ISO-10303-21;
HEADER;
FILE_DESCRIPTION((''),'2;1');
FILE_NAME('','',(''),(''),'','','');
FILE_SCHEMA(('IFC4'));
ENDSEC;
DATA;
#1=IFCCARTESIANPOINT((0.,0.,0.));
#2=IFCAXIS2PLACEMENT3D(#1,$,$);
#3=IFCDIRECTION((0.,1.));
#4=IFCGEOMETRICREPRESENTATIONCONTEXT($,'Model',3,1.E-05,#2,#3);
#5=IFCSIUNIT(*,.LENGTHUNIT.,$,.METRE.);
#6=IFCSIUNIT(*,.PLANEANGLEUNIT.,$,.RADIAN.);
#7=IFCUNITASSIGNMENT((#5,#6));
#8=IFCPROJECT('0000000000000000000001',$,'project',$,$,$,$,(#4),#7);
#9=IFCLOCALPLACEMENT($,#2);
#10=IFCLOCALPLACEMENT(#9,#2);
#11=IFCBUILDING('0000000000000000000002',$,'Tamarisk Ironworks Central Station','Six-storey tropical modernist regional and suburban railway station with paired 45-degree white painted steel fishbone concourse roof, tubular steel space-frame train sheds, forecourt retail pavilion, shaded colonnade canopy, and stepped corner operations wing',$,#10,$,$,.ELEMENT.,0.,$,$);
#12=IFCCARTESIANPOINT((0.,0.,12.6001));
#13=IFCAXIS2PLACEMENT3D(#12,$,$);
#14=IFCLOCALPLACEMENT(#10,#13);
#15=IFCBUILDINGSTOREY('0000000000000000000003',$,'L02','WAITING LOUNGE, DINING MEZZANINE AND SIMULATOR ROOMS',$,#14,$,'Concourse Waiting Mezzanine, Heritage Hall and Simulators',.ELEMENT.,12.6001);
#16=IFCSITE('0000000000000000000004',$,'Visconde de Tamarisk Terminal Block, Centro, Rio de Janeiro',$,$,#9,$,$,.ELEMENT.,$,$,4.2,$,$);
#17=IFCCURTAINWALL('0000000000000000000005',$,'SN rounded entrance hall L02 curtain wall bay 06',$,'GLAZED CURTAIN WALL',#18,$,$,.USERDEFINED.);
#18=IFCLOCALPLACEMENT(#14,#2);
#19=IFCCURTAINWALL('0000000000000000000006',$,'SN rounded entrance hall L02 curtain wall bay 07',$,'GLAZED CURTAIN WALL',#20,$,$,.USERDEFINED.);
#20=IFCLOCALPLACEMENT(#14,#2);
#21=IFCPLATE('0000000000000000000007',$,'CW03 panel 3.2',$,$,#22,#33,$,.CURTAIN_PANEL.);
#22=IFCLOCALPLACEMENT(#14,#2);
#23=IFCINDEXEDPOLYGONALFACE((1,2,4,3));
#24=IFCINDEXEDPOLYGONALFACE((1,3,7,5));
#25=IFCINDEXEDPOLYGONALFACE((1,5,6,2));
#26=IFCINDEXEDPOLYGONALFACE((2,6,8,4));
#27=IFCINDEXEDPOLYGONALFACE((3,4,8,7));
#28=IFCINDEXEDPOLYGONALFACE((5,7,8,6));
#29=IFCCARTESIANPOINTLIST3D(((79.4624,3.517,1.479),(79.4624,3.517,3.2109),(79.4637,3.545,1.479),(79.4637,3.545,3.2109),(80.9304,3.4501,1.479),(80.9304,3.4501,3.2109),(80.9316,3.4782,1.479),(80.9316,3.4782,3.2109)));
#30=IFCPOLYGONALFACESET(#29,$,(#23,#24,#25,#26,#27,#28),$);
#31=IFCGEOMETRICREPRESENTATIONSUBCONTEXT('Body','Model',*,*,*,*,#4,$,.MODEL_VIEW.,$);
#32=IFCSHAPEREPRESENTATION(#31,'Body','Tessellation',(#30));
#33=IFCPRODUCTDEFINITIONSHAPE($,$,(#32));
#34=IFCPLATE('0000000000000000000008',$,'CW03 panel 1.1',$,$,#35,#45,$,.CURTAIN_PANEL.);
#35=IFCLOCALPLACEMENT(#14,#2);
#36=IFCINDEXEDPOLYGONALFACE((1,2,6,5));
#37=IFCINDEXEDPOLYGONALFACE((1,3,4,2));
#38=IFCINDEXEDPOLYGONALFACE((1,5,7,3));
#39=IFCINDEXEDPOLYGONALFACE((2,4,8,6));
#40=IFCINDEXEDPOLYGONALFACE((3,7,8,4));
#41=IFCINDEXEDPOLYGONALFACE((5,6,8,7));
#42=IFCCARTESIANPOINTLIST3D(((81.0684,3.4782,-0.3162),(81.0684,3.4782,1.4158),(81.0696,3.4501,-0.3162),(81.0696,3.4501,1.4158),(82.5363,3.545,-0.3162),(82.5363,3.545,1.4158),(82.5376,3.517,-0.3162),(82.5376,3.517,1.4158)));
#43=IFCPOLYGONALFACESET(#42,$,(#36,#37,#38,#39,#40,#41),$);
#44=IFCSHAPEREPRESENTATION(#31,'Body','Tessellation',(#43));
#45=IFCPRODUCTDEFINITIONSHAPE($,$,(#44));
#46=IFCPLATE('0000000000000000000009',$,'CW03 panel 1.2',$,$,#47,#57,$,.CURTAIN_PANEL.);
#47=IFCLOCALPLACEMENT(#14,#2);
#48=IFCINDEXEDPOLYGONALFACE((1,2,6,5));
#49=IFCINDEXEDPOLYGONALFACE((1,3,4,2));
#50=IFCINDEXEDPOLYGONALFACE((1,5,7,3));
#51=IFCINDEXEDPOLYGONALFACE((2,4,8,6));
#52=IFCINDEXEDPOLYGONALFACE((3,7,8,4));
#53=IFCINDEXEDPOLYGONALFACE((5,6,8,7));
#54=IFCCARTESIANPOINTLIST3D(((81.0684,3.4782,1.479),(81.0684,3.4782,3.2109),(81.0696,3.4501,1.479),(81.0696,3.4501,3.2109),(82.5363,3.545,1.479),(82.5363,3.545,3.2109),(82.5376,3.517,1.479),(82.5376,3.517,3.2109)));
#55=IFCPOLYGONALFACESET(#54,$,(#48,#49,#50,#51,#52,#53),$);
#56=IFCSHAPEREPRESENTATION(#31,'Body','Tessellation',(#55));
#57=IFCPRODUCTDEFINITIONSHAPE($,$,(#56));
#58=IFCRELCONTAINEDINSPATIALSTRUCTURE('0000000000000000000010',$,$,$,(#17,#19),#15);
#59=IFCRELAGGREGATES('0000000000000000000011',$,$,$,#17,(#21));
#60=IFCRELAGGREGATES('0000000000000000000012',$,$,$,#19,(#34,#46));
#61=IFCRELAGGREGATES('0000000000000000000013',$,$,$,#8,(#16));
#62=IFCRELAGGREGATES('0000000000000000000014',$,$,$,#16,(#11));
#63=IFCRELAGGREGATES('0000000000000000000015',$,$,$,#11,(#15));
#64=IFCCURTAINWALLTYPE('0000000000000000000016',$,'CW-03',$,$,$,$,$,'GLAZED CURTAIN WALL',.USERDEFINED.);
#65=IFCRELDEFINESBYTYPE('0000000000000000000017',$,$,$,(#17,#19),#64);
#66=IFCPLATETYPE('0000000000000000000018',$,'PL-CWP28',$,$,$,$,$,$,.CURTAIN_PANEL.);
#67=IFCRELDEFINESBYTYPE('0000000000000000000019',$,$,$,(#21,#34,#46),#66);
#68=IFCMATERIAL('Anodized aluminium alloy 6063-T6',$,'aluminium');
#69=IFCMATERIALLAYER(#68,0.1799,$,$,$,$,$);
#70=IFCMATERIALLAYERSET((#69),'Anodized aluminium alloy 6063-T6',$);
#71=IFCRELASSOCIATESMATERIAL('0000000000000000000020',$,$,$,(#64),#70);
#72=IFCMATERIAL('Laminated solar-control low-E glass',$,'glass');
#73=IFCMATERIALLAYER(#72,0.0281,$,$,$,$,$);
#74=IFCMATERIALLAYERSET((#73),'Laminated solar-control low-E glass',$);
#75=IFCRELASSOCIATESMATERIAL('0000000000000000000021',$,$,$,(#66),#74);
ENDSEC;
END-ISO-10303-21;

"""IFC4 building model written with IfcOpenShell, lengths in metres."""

from ifc_helpers import new_model, si_unit, direction, frame, origin, origin_2d, place, context, subcontext, project, spatial, rectangle, extrude, material, layer, layer_set, type_object, element, aggregate, save


model = new_model("IFC4")

# Units and contexts
model_context = context("Model", 3, precision=1e-05, world=origin(), true_north=direction((0.0, 1.0)))
body_context = subcontext(model_context, "Body", "Model", "MODEL_VIEW")
ifc_project = project(units=[si_unit("LENGTHUNIT", "METRE"), si_unit("PLANEANGLEUNIT", "RADIAN")], contexts=[model_context])

# Site, building, storey
site_placement = place(None, origin())
site = spatial("IfcSite", under=ifc_project, at=site_placement, Name="Visconde de Tamarisk Terminal Block, Centro, Rio de Janeiro", CompositionType="ELEMENT", RefElevation=4.2)
building_placement = place(site_placement, origin())
building = spatial("IfcBuilding", under=site, at=building_placement, Name="Tamarisk Ironworks Central Station", Description="Six-storey tropical modernist regional and suburban railway station with paired 45-degree white painted steel fishbone concourse roof, tubular steel space-frame train sheds, forecourt retail pavilion, shaded colonnade canopy, and stepped corner operations wing", CompositionType="ELEMENT", ElevationOfRefHeight=0.0)
storey_placement = place(building_placement, frame((0.0, 0.0, 12.6001)))
storey = spatial("IfcBuildingStorey", under=building, at=storey_placement, Name="L02", Description="WAITING LOUNGE, DINING MEZZANINE AND SIMULATOR ROOMS", LongName="Concourse Waiting Mezzanine, Heritage Hall and Simulators", CompositionType="ELEMENT", Elevation=12.6001)

# Curtain walls
ifc_material_1 = material(Name="Anodized aluminium alloy 6063-T6", Category="aluminium")
ifc_layer_1 = layer(ifc_material_1, 0.1799)
ifc_layer_set_1 = layer_set([ifc_layer_1], Name="Anodized aluminium alloy 6063-T6")
curtain_wall_type = type_object("IfcCurtainWallType", Name="CW-03", ElementType="GLAZED CURTAIN WALL", PredefinedType="USERDEFINED", material=ifc_layer_set_1)
curtain_wall_1_placement = place(storey_placement, origin())
curtain_wall_1 = element("IfcCurtainWall", 1, at=curtain_wall_1_placement, inside=storey, type_object=curtain_wall_type, Name="SN rounded entrance hall L02 curtain wall bay 06", ObjectType="GLAZED CURTAIN WALL", PredefinedType="USERDEFINED")
curtain_wall_2_placement = place(storey_placement, origin())
curtain_wall_2 = element("IfcCurtainWall", 2, at=curtain_wall_2_placement, inside=storey, type_object=curtain_wall_type, Name="SN rounded entrance hall L02 curtain wall bay 07", ObjectType="GLAZED CURTAIN WALL", PredefinedType="USERDEFINED")

# Plates
ifc_material_2 = material(Name="Laminated solar-control low-E glass", Category="glass")
ifc_layer_2 = layer(ifc_material_2, 0.0281)
ifc_layer_set_2 = layer_set([ifc_layer_2], Name="Laminated solar-control low-E glass")
plate_type = type_object("IfcPlateType", Name="PL-CWP28", PredefinedType="CURTAIN_PANEL", material=ifc_layer_set_2)
plate_1_placement = place(storey_placement, frame((80.197, 3.4976, 1.479), z_axis=(0.0, 0.0, 1.0), x_axis=(0.998965, -0.045481, 0.0)))
plate_1 = element("IfcPlate", 3, at=plate_1_placement, type_object=plate_type, Name="CW03 panel 3.2", PredefinedType="CURTAIN_PANEL", context=body_context, shape_type="SweptSolid", body=[
    extrude(rectangle(XDim=1.4695, YDim=0.0281, at=origin_2d()), origin(), (0.0, 0.0, 1.0), 1.7319),
])
aggregate(curtain_wall_1, [plate_1])
plate_2_placement = place(storey_placement, frame((81.803, 3.4976, -0.3162), z_axis=(0.0, 0.0, 1.0), x_axis=(0.998965, 0.045481, 0.0)))
plate_2 = element("IfcPlate", 4, at=plate_2_placement, type_object=plate_type, Name="CW03 panel 1.1", PredefinedType="CURTAIN_PANEL", context=body_context, shape_type="SweptSolid", body=[
    extrude(rectangle(XDim=1.4695, YDim=0.0281, at=origin_2d()), origin(), (0.0, 0.0, 1.0), 1.7319),
])
plate_3_placement = place(storey_placement, frame((81.803, 3.4976, 1.479), z_axis=(0.0, 0.0, 1.0), x_axis=(0.998965, 0.045481, 0.0)))
plate_3 = element("IfcPlate", 5, at=plate_3_placement, type_object=plate_type, Name="CW03 panel 1.2", PredefinedType="CURTAIN_PANEL", context=body_context, shape_type="SweptSolid", body=[
    extrude(rectangle(XDim=1.4695, YDim=0.0281, at=origin_2d()), origin(), (0.0, 0.0, 1.0), 1.7319),
])
aggregate(curtain_wall_2, [plate_2, plate_3])

save(model, "model.ifc")
